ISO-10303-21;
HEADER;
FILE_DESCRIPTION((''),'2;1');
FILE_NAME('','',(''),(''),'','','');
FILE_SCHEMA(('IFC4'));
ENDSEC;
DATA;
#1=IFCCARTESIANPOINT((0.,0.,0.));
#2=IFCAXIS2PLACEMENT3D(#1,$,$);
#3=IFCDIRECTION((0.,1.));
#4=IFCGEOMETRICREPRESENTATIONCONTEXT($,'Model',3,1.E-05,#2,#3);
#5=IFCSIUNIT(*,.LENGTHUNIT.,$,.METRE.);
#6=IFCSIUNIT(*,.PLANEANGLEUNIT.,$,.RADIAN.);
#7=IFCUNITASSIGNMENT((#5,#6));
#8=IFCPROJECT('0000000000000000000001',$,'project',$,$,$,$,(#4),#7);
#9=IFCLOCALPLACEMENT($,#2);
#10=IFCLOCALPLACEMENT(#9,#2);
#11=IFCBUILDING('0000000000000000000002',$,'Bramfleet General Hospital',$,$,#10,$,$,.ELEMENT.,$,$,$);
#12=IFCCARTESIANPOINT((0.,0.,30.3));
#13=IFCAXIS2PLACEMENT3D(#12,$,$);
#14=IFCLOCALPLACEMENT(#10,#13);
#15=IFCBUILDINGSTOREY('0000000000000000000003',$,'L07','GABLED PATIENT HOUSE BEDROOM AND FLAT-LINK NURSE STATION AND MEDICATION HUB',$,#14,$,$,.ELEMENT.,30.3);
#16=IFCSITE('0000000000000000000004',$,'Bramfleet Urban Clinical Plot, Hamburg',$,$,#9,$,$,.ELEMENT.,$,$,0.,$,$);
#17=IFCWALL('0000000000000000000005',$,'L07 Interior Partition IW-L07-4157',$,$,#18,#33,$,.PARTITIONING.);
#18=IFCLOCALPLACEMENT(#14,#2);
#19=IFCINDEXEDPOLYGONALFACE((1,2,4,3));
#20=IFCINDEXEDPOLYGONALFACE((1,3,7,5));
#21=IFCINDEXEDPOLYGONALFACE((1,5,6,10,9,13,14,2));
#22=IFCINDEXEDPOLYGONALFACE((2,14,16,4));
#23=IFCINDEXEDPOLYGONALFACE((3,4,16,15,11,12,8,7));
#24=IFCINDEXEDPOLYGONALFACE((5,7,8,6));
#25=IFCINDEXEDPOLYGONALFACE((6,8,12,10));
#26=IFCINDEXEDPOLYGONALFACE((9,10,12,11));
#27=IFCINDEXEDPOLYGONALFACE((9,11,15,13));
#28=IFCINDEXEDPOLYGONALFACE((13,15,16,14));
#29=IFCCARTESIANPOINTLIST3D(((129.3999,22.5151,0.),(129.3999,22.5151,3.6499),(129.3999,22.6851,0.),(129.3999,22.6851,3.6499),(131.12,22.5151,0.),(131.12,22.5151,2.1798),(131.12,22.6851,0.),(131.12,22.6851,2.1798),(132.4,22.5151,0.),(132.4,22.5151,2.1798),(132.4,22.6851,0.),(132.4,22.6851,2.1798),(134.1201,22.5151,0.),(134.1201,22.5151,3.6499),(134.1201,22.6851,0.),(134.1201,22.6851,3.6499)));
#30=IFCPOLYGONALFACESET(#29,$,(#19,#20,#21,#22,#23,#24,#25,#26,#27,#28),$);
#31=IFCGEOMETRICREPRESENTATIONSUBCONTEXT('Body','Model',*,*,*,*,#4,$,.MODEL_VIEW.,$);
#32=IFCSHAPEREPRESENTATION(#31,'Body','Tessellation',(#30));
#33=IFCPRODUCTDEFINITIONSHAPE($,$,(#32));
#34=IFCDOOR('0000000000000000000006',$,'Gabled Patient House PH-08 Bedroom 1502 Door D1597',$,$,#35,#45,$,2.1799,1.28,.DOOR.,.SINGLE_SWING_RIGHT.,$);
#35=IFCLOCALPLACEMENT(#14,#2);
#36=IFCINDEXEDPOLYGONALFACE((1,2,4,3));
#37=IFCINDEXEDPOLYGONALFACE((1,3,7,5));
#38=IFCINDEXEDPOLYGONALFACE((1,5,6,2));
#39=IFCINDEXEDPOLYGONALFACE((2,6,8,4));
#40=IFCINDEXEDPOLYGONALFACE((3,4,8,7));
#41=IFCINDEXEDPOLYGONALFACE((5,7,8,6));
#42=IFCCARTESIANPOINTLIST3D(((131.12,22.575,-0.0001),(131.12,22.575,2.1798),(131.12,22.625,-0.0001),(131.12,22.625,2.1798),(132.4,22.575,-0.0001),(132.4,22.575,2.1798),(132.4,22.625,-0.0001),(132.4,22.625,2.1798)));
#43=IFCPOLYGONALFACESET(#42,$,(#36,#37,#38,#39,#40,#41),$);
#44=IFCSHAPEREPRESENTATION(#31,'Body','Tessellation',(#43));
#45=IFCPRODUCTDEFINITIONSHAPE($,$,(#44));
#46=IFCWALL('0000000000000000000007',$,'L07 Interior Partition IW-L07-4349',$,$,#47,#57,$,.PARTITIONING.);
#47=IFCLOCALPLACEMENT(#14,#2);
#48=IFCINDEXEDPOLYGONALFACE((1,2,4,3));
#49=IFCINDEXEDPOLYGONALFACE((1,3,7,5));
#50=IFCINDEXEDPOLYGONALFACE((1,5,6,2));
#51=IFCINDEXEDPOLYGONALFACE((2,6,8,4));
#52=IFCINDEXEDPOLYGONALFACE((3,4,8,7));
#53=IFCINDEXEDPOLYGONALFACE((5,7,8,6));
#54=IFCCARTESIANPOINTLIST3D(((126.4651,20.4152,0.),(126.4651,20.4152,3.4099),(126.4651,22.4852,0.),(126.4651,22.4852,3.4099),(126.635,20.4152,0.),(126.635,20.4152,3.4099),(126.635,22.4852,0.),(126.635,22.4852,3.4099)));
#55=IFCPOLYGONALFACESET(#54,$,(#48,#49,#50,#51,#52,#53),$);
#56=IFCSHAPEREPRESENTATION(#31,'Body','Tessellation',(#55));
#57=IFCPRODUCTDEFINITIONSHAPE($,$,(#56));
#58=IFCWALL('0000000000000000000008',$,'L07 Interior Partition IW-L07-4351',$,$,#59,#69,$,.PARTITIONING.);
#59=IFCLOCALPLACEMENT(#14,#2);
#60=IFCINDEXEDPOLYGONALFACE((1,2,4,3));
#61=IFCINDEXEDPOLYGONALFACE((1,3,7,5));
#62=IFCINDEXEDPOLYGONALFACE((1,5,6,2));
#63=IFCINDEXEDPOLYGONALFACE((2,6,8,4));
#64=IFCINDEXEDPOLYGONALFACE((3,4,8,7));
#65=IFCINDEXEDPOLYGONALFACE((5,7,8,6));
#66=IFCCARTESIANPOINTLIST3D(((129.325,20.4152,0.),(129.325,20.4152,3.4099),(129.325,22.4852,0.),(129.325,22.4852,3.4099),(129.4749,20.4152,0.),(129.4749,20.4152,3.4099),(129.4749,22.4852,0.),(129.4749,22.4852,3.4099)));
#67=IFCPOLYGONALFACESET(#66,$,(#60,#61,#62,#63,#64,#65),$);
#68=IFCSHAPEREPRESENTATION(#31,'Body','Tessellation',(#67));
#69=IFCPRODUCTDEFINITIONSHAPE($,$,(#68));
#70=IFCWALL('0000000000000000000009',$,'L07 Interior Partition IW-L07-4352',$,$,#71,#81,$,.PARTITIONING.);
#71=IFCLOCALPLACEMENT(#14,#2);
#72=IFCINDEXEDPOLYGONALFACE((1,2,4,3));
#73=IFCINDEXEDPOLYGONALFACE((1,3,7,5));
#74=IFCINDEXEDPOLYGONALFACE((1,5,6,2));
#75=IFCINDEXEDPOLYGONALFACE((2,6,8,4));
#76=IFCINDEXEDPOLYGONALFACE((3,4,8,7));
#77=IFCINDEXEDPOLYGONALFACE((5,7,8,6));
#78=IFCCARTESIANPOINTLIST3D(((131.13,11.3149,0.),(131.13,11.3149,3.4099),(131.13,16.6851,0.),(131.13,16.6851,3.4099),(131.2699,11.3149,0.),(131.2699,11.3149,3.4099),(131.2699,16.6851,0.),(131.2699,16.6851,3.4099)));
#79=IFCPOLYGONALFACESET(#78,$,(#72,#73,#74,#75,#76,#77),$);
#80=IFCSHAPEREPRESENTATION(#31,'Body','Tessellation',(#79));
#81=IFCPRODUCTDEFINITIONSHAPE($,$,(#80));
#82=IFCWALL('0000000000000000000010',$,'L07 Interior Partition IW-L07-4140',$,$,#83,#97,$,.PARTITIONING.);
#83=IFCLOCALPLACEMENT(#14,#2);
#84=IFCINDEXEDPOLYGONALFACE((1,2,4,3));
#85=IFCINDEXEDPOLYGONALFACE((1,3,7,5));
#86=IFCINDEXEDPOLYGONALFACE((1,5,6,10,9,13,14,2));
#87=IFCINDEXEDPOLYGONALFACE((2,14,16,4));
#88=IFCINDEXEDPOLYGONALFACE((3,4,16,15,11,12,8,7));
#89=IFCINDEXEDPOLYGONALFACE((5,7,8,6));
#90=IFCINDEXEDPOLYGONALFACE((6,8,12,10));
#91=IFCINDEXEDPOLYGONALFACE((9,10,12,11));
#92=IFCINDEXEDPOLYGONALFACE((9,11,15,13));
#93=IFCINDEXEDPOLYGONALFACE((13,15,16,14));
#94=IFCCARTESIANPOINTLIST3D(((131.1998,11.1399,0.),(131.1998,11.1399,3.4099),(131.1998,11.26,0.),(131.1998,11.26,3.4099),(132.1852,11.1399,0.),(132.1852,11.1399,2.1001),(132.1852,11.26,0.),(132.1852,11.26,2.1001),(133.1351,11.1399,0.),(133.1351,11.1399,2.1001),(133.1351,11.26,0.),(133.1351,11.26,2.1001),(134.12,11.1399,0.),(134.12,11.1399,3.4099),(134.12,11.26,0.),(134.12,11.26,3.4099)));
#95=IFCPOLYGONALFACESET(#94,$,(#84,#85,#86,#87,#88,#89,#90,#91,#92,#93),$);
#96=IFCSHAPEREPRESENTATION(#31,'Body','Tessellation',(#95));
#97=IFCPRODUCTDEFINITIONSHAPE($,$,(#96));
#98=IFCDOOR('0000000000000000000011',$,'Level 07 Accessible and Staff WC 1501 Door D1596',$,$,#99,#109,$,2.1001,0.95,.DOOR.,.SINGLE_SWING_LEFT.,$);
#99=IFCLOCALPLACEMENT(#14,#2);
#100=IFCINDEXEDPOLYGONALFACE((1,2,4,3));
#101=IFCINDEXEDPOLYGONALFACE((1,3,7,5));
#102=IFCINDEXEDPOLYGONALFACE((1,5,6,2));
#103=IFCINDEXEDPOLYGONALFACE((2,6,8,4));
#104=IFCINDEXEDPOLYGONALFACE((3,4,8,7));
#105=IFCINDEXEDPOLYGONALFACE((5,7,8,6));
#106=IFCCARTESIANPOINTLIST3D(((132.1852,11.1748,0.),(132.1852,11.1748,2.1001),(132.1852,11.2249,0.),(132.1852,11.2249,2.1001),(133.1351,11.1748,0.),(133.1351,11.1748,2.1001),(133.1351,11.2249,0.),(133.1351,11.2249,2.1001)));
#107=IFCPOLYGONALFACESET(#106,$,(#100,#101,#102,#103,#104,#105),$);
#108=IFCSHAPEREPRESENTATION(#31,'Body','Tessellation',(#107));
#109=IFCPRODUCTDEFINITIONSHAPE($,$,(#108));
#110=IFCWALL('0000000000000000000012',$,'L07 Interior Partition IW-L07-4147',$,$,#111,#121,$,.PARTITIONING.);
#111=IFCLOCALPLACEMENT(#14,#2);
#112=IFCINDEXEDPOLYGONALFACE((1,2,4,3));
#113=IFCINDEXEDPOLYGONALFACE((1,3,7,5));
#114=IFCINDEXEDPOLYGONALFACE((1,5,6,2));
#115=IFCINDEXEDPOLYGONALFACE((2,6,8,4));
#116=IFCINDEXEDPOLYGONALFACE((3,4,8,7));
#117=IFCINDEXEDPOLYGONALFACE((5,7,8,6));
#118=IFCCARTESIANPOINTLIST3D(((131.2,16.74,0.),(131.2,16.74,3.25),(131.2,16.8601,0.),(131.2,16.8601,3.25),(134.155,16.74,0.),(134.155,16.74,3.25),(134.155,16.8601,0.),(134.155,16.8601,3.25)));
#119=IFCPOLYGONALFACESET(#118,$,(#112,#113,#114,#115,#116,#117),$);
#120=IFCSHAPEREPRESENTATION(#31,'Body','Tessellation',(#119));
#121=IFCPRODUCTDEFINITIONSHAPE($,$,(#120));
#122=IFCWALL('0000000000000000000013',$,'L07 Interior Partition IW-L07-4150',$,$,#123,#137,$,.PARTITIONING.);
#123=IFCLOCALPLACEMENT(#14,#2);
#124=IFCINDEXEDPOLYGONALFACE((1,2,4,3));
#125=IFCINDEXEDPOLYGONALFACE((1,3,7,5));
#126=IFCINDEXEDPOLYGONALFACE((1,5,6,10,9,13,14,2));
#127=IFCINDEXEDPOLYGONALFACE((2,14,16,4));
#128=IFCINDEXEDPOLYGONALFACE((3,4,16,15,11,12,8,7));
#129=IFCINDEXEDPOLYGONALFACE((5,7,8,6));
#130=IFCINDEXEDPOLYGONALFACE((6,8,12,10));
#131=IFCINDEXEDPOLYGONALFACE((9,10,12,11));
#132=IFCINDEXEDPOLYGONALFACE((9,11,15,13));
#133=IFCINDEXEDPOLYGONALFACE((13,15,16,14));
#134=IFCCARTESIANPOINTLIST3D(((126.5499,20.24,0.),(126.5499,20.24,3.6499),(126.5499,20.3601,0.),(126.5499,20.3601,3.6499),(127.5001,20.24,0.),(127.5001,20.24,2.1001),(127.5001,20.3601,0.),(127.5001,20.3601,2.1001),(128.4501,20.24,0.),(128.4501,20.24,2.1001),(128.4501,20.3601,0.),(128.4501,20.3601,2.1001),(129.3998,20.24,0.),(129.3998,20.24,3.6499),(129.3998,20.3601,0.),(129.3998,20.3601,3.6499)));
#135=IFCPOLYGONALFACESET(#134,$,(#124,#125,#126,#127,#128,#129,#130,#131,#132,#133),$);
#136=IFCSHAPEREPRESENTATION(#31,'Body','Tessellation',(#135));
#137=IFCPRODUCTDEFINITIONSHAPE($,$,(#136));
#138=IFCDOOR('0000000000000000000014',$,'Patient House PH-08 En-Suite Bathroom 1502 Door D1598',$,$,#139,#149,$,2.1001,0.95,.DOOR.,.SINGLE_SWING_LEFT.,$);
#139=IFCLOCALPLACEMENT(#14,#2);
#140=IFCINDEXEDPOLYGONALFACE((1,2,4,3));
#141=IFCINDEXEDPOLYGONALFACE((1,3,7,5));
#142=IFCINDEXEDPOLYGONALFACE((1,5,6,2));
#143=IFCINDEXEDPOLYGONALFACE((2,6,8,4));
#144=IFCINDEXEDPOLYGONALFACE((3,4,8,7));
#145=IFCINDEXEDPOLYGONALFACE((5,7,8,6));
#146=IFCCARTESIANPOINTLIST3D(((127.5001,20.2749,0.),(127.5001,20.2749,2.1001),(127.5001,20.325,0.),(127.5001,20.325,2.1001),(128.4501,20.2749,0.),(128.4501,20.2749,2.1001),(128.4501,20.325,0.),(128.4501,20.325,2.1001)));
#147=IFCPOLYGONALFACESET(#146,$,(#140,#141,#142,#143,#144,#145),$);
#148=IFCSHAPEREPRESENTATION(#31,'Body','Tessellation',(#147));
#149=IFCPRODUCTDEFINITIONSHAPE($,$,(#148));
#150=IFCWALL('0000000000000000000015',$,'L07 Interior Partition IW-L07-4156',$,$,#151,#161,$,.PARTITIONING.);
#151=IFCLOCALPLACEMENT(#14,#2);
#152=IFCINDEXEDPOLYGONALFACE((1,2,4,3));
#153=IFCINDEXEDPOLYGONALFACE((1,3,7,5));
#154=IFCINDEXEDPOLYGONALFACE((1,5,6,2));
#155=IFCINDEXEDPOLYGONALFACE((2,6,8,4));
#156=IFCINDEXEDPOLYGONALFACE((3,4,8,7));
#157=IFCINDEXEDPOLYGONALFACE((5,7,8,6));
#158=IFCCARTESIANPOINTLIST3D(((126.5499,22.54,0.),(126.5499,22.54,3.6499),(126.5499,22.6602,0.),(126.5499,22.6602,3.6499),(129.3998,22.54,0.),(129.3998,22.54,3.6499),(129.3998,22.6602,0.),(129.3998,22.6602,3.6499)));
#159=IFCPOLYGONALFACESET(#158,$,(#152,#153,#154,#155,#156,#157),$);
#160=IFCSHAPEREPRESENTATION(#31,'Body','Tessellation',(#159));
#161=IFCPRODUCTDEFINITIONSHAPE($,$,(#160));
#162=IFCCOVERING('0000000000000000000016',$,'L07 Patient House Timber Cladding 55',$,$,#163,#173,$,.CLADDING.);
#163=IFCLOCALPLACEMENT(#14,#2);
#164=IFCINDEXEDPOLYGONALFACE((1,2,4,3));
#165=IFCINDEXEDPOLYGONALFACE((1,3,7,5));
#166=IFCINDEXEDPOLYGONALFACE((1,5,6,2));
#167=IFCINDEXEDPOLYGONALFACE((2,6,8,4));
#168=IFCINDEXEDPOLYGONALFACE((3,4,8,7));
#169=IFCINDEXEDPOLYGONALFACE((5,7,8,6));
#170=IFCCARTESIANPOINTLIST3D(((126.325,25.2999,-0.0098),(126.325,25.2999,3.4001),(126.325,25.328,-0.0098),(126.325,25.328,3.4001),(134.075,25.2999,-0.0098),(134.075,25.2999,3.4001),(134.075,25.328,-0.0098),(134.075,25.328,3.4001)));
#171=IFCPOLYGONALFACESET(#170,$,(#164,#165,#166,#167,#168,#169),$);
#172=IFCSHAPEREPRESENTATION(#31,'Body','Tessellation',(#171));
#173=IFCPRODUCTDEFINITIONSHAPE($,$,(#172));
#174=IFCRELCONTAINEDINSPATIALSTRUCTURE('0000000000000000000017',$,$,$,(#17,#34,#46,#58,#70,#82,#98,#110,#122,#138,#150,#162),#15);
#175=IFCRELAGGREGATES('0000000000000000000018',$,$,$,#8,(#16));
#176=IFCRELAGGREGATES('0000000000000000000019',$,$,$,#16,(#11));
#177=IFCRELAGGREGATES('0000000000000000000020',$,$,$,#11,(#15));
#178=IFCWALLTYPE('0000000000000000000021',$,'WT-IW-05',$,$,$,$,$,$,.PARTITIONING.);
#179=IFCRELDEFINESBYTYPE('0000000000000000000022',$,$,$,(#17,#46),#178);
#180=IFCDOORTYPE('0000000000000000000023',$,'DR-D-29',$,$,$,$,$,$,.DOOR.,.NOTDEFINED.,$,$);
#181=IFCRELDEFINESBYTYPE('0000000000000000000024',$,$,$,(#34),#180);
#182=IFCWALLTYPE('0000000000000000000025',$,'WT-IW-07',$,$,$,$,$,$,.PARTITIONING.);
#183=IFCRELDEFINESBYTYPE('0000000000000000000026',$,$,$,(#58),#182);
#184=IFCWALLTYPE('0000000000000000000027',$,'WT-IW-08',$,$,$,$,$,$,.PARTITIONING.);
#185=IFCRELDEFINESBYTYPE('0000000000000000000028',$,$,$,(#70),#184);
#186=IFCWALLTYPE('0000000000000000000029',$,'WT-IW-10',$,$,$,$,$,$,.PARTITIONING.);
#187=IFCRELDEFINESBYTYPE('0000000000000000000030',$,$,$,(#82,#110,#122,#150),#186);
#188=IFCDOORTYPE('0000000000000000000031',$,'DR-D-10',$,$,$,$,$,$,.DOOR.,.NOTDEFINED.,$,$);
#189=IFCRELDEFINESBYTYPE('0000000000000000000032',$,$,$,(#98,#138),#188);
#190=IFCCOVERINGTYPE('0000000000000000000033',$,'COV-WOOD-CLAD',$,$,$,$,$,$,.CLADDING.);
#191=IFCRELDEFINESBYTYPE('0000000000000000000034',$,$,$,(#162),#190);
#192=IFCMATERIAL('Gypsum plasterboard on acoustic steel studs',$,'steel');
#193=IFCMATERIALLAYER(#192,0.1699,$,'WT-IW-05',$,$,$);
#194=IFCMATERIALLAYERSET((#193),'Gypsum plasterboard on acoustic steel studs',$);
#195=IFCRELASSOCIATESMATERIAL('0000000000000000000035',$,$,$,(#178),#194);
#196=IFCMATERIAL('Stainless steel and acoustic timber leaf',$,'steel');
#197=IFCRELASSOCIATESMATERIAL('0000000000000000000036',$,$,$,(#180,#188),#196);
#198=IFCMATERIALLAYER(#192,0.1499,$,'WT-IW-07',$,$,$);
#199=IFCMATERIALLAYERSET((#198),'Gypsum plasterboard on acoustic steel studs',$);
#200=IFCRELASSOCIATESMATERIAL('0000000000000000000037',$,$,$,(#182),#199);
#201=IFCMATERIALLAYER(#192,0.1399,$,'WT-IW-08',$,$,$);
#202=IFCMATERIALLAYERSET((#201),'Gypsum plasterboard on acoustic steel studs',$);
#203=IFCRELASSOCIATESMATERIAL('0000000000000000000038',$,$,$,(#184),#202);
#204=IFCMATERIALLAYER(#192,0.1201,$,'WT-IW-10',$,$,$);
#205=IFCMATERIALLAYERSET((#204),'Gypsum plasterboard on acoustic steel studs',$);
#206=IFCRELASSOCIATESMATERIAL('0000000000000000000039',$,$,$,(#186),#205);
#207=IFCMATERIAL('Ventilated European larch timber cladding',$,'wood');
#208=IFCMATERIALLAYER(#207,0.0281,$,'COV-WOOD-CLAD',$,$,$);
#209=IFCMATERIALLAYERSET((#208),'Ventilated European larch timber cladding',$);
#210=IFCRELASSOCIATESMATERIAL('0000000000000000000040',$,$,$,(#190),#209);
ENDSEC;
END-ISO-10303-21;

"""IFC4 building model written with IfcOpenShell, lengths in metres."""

from ifc_helpers import new_model, si_unit, direction, frame, frame_2d, origin, origin_2d, place, context, subcontext, project, spatial, rectangle, extrude, material, layer, layer_set, type_object, element, fill, save


model = new_model("IFC4")

# Units and contexts
model_context = context("Model", 3, precision=1e-05, world=origin(), true_north=direction((0.0, 1.0)))
body_context = subcontext(model_context, "Body", "Model", "MODEL_VIEW")
ifc_project = project(units=[si_unit("LENGTHUNIT", "METRE"), si_unit("PLANEANGLEUNIT", "RADIAN")], contexts=[model_context])

# Site, building, storey
site_placement = place(None, origin())
site = spatial("IfcSite", under=ifc_project, at=site_placement, Name="Bramfleet Urban Clinical Plot, Hamburg", CompositionType="ELEMENT", RefElevation=0.0)
building_placement = place(site_placement, origin())
building = spatial("IfcBuilding", under=site, at=building_placement, Name="Bramfleet General Hospital", CompositionType="ELEMENT")
storey_placement = place(building_placement, frame((0.0, 0.0, 30.3)))
storey = spatial("IfcBuildingStorey", under=building, at=storey_placement, Name="L07", Description="GABLED PATIENT HOUSE BEDROOM AND FLAT-LINK NURSE STATION AND MEDICATION HUB", CompositionType="ELEMENT", Elevation=30.3)

# Wall, opening, door
ifc_material_1 = material(Name="Gypsum plasterboard on acoustic steel studs", Category="steel")
ifc_layer_1 = layer(ifc_material_1, 0.1699, Name="WT-IW-05")
ifc_layer_set_1 = layer_set([ifc_layer_1], Name="Gypsum plasterboard on acoustic steel studs")
wall_type_1 = type_object("IfcWallType", Name="WT-IW-05", PredefinedType="PARTITIONING", material=ifc_layer_set_1)
wall_1_placement = place(storey_placement, frame((129.3999, 22.6001, 0.0), z_axis=(0.0, 0.0, 1.0), x_axis=(1.0, 0.0, 0.0)))
wall_1 = element("IfcWall", 1, at=wall_1_placement, inside=storey, type_object=wall_type_1, Name="L07 Interior Partition IW-L07-4157", PredefinedType="PARTITIONING", context=body_context, shape_type="SweptSolid", body=[
    extrude(rectangle(XDim=4.7202, YDim=0.1699, at=frame_2d((2.3601, 0.0))), origin(), (0.0, 0.0, 1.0), 3.6499),
])
opening_1_placement = place(wall_1_placement, frame((1.72, 0.0, 0.0)))
opening_1 = element("IfcOpeningElement", 2, at=opening_1_placement, cuts=wall_1, PredefinedType="OPENING", context=body_context, shape_type="SweptSolid", body=[
    extrude(rectangle(XDim=1.28, YDim=2.1799, at=frame_2d((0.6401, 1.0898))), frame((0.0, 0.095, 0.0), z_axis=(0.0, -1.0, 0.0), x_axis=(1.0, 0.0, 0.0)), (0.0, 0.0, 1.0), 0.1899),
])
ifc_material_2 = material(Name="Stainless steel and acoustic timber leaf", Category="steel")
door_type_1 = type_object("IfcDoorType", Name="DR-D-29", OperationType="NOTDEFINED", PredefinedType="DOOR", material=ifc_material_2)
door_1_placement = place(opening_1_placement, origin())
door_1 = element("IfcDoor", 3, at=door_1_placement, inside=storey, type_object=door_type_1, Name="Gabled Patient House PH-08 Bedroom 1502 Door D1597", OperationType="SINGLE_SWING_RIGHT", OverallHeight=2.1799, OverallWidth=1.28, PredefinedType="DOOR", context=body_context, shape_type="SweptSolid", body=[
    extrude(rectangle(XDim=1.28, YDim=2.1799, at=frame_2d((0.6401, 1.0898))), frame((0.0, 0.0249, 0.0), z_axis=(0.0, -1.0, 0.0), x_axis=(1.0, 0.0, 0.0)), (0.0, 0.0, 1.0), 0.05),
])
fill(opening_1, door_1)

# Walls
wall_2_placement = place(storey_placement, frame((126.55, 20.415, 0.0), z_axis=(0.0, 0.0, 1.0), x_axis=(0.0, 1.0, 0.0)))
element("IfcWall", 4, at=wall_2_placement, inside=storey, type_object=wall_type_1, Name="L07 Interior Partition IW-L07-4349", PredefinedType="PARTITIONING", context=body_context, shape_type="SweptSolid", body=[
    extrude(rectangle(XDim=2.0701, YDim=0.1699, at=frame_2d((1.0352, 0.0))), origin(), (0.0, 0.0, 1.0), 3.4099),
])
ifc_layer_2 = layer(ifc_material_1, 0.1499, Name="WT-IW-07")
ifc_layer_set_2 = layer_set([ifc_layer_2], Name="Gypsum plasterboard on acoustic steel studs")
wall_type_2 = type_object("IfcWallType", Name="WT-IW-07", PredefinedType="PARTITIONING", material=ifc_layer_set_2)
wall_3_placement = place(storey_placement, frame((129.3999, 20.415, 0.0), z_axis=(0.0, 0.0, 1.0), x_axis=(0.0, 1.0, 0.0)))
element("IfcWall", 5, at=wall_3_placement, inside=storey, type_object=wall_type_2, Name="L07 Interior Partition IW-L07-4351", PredefinedType="PARTITIONING", context=body_context, shape_type="SweptSolid", body=[
    extrude(rectangle(XDim=2.0701, YDim=0.1499, at=frame_2d((1.0352, 0.0))), origin(), (0.0, 0.0, 1.0), 3.4099),
])
ifc_layer_3 = layer(ifc_material_1, 0.1399, Name="WT-IW-08")
ifc_layer_set_3 = layer_set([ifc_layer_3], Name="Gypsum plasterboard on acoustic steel studs")
wall_type_3 = type_object("IfcWallType", Name="WT-IW-08", PredefinedType="PARTITIONING", material=ifc_layer_set_3)
wall_4_placement = place(storey_placement, frame((131.2, 11.3149, 0.0), z_axis=(0.0, 0.0, 1.0), x_axis=(0.0, 1.0, 0.0)))
element("IfcWall", 6, at=wall_4_placement, inside=storey, type_object=wall_type_3, Name="L07 Interior Partition IW-L07-4352", PredefinedType="PARTITIONING", context=body_context, shape_type="SweptSolid", body=[
    extrude(rectangle(XDim=5.3701, YDim=0.1399, at=frame_2d((2.6851, 0.0))), origin(), (0.0, 0.0, 1.0), 3.4099),
])

# Wall, opening, door
ifc_layer_4 = layer(ifc_material_1, 0.1201, Name="WT-IW-10")
ifc_layer_set_4 = layer_set([ifc_layer_4], Name="Gypsum plasterboard on acoustic steel studs")
wall_type_4 = type_object("IfcWallType", Name="WT-IW-10", PredefinedType="PARTITIONING", material=ifc_layer_set_4)
wall_5_placement = place(storey_placement, frame((131.2, 11.2, 0.0), z_axis=(0.0, 0.0, 1.0), x_axis=(1.0, 0.0, 0.0)))
wall_5 = element("IfcWall", 7, at=wall_5_placement, inside=storey, type_object=wall_type_4, Name="L07 Interior Partition IW-L07-4140", PredefinedType="PARTITIONING", context=body_context, shape_type="SweptSolid", body=[
    extrude(rectangle(XDim=2.9202, YDim=0.1201, at=frame_2d((1.46, 0.0))), origin(), (0.0, 0.0, 1.0), 3.4099),
])
opening_2_placement = place(wall_5_placement, frame((0.9851, 0.0, 0.0)))
opening_2 = element("IfcOpeningElement", 8, at=opening_2_placement, cuts=wall_5, PredefinedType="OPENING", context=body_context, shape_type="SweptSolid", body=[
    extrude(rectangle(XDim=0.95, YDim=2.1001, at=frame_2d((0.4751, 1.05))), frame((0.0, 0.0701, 0.0), z_axis=(0.0, -1.0, 0.0), x_axis=(1.0, 0.0, 0.0)), (0.0, 0.0, 1.0), 0.1401),
])
door_type_2 = type_object("IfcDoorType", Name="DR-D-10", OperationType="NOTDEFINED", PredefinedType="DOOR", material=ifc_material_2)
door_2_placement = place(opening_2_placement, origin())
door_2 = element("IfcDoor", 9, at=door_2_placement, inside=storey, type_object=door_type_2, Name="Level 07 Accessible and Staff WC 1501 Door D1596", OperationType="SINGLE_SWING_LEFT", OverallHeight=2.1001, OverallWidth=0.95, PredefinedType="DOOR", context=body_context, shape_type="SweptSolid", body=[
    extrude(rectangle(XDim=0.95, YDim=2.1001, at=frame_2d((0.4751, 1.05))), frame((0.0, 0.0249, 0.0), z_axis=(0.0, -1.0, 0.0), x_axis=(1.0, 0.0, 0.0)), (0.0, 0.0, 1.0), 0.05),
])
fill(opening_2, door_2)

# Wall
wall_6_placement = place(storey_placement, frame((131.2, 16.8, 0.0), z_axis=(0.0, 0.0, 1.0), x_axis=(1.0, 0.0, 0.0)))
element("IfcWall", 10, at=wall_6_placement, inside=storey, type_object=wall_type_4, Name="L07 Interior Partition IW-L07-4147", PredefinedType="PARTITIONING", context=body_context, shape_type="SweptSolid", body=[
    extrude(rectangle(XDim=2.9551, YDim=0.1201, at=frame_2d((1.4775, 0.0))), origin(), (0.0, 0.0, 1.0), 3.25),
])

# Wall, opening, door
wall_7_placement = place(storey_placement, frame((126.55, 20.3, 0.0), z_axis=(0.0, 0.0, 1.0), x_axis=(1.0, 0.0, 0.0)))
wall_7 = element("IfcWall", 11, at=wall_7_placement, inside=storey, type_object=wall_type_4, Name="L07 Interior Partition IW-L07-4150", PredefinedType="PARTITIONING", context=body_context, shape_type="SweptSolid", body=[
    extrude(rectangle(XDim=2.8499, YDim=0.1201, at=frame_2d((1.4248, 0.0))), origin(), (0.0, 0.0, 1.0), 3.6499),
])
opening_3_placement = place(wall_7_placement, frame((0.95, 0.0, 0.0)))
opening_3 = element("IfcOpeningElement", 12, at=opening_3_placement, cuts=wall_7, PredefinedType="OPENING", context=body_context, shape_type="SweptSolid", body=[
    extrude(rectangle(XDim=0.95, YDim=2.1001, at=frame_2d((0.4751, 1.05))), frame((0.0, 0.0701, 0.0), z_axis=(0.0, -1.0, 0.0), x_axis=(1.0, 0.0, 0.0)), (0.0, 0.0, 1.0), 0.1401),
])
door_3_placement = place(opening_3_placement, origin())
door_3 = element("IfcDoor", 13, at=door_3_placement, inside=storey, type_object=door_type_2, Name="Patient House PH-08 En-Suite Bathroom 1502 Door D1598", OperationType="SINGLE_SWING_LEFT", OverallHeight=2.1001, OverallWidth=0.95, PredefinedType="DOOR", context=body_context, shape_type="SweptSolid", body=[
    extrude(rectangle(XDim=0.95, YDim=2.1001, at=frame_2d((0.4751, 1.05))), frame((0.0, 0.0249, 0.0), z_axis=(0.0, -1.0, 0.0), x_axis=(1.0, 0.0, 0.0)), (0.0, 0.0, 1.0), 0.05),
])
fill(opening_3, door_3)

# Wall
wall_8_placement = place(storey_placement, frame((126.55, 22.6001, 0.0), z_axis=(0.0, 0.0, 1.0), x_axis=(1.0, 0.0, 0.0)))
element("IfcWall", 14, at=wall_8_placement, inside=storey, type_object=wall_type_4, Name="L07 Interior Partition IW-L07-4156", PredefinedType="PARTITIONING", context=body_context, shape_type="SweptSolid", body=[
    extrude(rectangle(XDim=2.8499, YDim=0.1201, at=frame_2d((1.4248, 0.0))), origin(), (0.0, 0.0, 1.0), 3.6499),
])

# Covering
ifc_material_3 = material(Name="Ventilated European larch timber cladding", Category="wood")
ifc_layer_5 = layer(ifc_material_3, 0.0281, Name="COV-WOOD-CLAD")
ifc_layer_set_5 = layer_set([ifc_layer_5], Name="Ventilated European larch timber cladding")
covering_type = type_object("IfcCoveringType", Name="COV-WOOD-CLAD", PredefinedType="CLADDING", material=ifc_layer_set_5)
covering_1_placement = place(storey_placement, frame((130.2, 25.314, -0.0098), z_axis=(0.0, 0.0, 1.0), x_axis=(1.0, 0.0, 0.0)))
element("IfcCovering", 15, at=covering_1_placement, inside=storey, type_object=covering_type, Name="L07 Patient House Timber Cladding 55", PredefinedType="CLADDING", context=body_context, shape_type="SweptSolid", body=[
    extrude(rectangle(XDim=7.75, YDim=0.0281, at=origin_2d()), origin(), (0.0, 0.0, 1.0), 3.4099),
])

save(model, "model.ifc")
